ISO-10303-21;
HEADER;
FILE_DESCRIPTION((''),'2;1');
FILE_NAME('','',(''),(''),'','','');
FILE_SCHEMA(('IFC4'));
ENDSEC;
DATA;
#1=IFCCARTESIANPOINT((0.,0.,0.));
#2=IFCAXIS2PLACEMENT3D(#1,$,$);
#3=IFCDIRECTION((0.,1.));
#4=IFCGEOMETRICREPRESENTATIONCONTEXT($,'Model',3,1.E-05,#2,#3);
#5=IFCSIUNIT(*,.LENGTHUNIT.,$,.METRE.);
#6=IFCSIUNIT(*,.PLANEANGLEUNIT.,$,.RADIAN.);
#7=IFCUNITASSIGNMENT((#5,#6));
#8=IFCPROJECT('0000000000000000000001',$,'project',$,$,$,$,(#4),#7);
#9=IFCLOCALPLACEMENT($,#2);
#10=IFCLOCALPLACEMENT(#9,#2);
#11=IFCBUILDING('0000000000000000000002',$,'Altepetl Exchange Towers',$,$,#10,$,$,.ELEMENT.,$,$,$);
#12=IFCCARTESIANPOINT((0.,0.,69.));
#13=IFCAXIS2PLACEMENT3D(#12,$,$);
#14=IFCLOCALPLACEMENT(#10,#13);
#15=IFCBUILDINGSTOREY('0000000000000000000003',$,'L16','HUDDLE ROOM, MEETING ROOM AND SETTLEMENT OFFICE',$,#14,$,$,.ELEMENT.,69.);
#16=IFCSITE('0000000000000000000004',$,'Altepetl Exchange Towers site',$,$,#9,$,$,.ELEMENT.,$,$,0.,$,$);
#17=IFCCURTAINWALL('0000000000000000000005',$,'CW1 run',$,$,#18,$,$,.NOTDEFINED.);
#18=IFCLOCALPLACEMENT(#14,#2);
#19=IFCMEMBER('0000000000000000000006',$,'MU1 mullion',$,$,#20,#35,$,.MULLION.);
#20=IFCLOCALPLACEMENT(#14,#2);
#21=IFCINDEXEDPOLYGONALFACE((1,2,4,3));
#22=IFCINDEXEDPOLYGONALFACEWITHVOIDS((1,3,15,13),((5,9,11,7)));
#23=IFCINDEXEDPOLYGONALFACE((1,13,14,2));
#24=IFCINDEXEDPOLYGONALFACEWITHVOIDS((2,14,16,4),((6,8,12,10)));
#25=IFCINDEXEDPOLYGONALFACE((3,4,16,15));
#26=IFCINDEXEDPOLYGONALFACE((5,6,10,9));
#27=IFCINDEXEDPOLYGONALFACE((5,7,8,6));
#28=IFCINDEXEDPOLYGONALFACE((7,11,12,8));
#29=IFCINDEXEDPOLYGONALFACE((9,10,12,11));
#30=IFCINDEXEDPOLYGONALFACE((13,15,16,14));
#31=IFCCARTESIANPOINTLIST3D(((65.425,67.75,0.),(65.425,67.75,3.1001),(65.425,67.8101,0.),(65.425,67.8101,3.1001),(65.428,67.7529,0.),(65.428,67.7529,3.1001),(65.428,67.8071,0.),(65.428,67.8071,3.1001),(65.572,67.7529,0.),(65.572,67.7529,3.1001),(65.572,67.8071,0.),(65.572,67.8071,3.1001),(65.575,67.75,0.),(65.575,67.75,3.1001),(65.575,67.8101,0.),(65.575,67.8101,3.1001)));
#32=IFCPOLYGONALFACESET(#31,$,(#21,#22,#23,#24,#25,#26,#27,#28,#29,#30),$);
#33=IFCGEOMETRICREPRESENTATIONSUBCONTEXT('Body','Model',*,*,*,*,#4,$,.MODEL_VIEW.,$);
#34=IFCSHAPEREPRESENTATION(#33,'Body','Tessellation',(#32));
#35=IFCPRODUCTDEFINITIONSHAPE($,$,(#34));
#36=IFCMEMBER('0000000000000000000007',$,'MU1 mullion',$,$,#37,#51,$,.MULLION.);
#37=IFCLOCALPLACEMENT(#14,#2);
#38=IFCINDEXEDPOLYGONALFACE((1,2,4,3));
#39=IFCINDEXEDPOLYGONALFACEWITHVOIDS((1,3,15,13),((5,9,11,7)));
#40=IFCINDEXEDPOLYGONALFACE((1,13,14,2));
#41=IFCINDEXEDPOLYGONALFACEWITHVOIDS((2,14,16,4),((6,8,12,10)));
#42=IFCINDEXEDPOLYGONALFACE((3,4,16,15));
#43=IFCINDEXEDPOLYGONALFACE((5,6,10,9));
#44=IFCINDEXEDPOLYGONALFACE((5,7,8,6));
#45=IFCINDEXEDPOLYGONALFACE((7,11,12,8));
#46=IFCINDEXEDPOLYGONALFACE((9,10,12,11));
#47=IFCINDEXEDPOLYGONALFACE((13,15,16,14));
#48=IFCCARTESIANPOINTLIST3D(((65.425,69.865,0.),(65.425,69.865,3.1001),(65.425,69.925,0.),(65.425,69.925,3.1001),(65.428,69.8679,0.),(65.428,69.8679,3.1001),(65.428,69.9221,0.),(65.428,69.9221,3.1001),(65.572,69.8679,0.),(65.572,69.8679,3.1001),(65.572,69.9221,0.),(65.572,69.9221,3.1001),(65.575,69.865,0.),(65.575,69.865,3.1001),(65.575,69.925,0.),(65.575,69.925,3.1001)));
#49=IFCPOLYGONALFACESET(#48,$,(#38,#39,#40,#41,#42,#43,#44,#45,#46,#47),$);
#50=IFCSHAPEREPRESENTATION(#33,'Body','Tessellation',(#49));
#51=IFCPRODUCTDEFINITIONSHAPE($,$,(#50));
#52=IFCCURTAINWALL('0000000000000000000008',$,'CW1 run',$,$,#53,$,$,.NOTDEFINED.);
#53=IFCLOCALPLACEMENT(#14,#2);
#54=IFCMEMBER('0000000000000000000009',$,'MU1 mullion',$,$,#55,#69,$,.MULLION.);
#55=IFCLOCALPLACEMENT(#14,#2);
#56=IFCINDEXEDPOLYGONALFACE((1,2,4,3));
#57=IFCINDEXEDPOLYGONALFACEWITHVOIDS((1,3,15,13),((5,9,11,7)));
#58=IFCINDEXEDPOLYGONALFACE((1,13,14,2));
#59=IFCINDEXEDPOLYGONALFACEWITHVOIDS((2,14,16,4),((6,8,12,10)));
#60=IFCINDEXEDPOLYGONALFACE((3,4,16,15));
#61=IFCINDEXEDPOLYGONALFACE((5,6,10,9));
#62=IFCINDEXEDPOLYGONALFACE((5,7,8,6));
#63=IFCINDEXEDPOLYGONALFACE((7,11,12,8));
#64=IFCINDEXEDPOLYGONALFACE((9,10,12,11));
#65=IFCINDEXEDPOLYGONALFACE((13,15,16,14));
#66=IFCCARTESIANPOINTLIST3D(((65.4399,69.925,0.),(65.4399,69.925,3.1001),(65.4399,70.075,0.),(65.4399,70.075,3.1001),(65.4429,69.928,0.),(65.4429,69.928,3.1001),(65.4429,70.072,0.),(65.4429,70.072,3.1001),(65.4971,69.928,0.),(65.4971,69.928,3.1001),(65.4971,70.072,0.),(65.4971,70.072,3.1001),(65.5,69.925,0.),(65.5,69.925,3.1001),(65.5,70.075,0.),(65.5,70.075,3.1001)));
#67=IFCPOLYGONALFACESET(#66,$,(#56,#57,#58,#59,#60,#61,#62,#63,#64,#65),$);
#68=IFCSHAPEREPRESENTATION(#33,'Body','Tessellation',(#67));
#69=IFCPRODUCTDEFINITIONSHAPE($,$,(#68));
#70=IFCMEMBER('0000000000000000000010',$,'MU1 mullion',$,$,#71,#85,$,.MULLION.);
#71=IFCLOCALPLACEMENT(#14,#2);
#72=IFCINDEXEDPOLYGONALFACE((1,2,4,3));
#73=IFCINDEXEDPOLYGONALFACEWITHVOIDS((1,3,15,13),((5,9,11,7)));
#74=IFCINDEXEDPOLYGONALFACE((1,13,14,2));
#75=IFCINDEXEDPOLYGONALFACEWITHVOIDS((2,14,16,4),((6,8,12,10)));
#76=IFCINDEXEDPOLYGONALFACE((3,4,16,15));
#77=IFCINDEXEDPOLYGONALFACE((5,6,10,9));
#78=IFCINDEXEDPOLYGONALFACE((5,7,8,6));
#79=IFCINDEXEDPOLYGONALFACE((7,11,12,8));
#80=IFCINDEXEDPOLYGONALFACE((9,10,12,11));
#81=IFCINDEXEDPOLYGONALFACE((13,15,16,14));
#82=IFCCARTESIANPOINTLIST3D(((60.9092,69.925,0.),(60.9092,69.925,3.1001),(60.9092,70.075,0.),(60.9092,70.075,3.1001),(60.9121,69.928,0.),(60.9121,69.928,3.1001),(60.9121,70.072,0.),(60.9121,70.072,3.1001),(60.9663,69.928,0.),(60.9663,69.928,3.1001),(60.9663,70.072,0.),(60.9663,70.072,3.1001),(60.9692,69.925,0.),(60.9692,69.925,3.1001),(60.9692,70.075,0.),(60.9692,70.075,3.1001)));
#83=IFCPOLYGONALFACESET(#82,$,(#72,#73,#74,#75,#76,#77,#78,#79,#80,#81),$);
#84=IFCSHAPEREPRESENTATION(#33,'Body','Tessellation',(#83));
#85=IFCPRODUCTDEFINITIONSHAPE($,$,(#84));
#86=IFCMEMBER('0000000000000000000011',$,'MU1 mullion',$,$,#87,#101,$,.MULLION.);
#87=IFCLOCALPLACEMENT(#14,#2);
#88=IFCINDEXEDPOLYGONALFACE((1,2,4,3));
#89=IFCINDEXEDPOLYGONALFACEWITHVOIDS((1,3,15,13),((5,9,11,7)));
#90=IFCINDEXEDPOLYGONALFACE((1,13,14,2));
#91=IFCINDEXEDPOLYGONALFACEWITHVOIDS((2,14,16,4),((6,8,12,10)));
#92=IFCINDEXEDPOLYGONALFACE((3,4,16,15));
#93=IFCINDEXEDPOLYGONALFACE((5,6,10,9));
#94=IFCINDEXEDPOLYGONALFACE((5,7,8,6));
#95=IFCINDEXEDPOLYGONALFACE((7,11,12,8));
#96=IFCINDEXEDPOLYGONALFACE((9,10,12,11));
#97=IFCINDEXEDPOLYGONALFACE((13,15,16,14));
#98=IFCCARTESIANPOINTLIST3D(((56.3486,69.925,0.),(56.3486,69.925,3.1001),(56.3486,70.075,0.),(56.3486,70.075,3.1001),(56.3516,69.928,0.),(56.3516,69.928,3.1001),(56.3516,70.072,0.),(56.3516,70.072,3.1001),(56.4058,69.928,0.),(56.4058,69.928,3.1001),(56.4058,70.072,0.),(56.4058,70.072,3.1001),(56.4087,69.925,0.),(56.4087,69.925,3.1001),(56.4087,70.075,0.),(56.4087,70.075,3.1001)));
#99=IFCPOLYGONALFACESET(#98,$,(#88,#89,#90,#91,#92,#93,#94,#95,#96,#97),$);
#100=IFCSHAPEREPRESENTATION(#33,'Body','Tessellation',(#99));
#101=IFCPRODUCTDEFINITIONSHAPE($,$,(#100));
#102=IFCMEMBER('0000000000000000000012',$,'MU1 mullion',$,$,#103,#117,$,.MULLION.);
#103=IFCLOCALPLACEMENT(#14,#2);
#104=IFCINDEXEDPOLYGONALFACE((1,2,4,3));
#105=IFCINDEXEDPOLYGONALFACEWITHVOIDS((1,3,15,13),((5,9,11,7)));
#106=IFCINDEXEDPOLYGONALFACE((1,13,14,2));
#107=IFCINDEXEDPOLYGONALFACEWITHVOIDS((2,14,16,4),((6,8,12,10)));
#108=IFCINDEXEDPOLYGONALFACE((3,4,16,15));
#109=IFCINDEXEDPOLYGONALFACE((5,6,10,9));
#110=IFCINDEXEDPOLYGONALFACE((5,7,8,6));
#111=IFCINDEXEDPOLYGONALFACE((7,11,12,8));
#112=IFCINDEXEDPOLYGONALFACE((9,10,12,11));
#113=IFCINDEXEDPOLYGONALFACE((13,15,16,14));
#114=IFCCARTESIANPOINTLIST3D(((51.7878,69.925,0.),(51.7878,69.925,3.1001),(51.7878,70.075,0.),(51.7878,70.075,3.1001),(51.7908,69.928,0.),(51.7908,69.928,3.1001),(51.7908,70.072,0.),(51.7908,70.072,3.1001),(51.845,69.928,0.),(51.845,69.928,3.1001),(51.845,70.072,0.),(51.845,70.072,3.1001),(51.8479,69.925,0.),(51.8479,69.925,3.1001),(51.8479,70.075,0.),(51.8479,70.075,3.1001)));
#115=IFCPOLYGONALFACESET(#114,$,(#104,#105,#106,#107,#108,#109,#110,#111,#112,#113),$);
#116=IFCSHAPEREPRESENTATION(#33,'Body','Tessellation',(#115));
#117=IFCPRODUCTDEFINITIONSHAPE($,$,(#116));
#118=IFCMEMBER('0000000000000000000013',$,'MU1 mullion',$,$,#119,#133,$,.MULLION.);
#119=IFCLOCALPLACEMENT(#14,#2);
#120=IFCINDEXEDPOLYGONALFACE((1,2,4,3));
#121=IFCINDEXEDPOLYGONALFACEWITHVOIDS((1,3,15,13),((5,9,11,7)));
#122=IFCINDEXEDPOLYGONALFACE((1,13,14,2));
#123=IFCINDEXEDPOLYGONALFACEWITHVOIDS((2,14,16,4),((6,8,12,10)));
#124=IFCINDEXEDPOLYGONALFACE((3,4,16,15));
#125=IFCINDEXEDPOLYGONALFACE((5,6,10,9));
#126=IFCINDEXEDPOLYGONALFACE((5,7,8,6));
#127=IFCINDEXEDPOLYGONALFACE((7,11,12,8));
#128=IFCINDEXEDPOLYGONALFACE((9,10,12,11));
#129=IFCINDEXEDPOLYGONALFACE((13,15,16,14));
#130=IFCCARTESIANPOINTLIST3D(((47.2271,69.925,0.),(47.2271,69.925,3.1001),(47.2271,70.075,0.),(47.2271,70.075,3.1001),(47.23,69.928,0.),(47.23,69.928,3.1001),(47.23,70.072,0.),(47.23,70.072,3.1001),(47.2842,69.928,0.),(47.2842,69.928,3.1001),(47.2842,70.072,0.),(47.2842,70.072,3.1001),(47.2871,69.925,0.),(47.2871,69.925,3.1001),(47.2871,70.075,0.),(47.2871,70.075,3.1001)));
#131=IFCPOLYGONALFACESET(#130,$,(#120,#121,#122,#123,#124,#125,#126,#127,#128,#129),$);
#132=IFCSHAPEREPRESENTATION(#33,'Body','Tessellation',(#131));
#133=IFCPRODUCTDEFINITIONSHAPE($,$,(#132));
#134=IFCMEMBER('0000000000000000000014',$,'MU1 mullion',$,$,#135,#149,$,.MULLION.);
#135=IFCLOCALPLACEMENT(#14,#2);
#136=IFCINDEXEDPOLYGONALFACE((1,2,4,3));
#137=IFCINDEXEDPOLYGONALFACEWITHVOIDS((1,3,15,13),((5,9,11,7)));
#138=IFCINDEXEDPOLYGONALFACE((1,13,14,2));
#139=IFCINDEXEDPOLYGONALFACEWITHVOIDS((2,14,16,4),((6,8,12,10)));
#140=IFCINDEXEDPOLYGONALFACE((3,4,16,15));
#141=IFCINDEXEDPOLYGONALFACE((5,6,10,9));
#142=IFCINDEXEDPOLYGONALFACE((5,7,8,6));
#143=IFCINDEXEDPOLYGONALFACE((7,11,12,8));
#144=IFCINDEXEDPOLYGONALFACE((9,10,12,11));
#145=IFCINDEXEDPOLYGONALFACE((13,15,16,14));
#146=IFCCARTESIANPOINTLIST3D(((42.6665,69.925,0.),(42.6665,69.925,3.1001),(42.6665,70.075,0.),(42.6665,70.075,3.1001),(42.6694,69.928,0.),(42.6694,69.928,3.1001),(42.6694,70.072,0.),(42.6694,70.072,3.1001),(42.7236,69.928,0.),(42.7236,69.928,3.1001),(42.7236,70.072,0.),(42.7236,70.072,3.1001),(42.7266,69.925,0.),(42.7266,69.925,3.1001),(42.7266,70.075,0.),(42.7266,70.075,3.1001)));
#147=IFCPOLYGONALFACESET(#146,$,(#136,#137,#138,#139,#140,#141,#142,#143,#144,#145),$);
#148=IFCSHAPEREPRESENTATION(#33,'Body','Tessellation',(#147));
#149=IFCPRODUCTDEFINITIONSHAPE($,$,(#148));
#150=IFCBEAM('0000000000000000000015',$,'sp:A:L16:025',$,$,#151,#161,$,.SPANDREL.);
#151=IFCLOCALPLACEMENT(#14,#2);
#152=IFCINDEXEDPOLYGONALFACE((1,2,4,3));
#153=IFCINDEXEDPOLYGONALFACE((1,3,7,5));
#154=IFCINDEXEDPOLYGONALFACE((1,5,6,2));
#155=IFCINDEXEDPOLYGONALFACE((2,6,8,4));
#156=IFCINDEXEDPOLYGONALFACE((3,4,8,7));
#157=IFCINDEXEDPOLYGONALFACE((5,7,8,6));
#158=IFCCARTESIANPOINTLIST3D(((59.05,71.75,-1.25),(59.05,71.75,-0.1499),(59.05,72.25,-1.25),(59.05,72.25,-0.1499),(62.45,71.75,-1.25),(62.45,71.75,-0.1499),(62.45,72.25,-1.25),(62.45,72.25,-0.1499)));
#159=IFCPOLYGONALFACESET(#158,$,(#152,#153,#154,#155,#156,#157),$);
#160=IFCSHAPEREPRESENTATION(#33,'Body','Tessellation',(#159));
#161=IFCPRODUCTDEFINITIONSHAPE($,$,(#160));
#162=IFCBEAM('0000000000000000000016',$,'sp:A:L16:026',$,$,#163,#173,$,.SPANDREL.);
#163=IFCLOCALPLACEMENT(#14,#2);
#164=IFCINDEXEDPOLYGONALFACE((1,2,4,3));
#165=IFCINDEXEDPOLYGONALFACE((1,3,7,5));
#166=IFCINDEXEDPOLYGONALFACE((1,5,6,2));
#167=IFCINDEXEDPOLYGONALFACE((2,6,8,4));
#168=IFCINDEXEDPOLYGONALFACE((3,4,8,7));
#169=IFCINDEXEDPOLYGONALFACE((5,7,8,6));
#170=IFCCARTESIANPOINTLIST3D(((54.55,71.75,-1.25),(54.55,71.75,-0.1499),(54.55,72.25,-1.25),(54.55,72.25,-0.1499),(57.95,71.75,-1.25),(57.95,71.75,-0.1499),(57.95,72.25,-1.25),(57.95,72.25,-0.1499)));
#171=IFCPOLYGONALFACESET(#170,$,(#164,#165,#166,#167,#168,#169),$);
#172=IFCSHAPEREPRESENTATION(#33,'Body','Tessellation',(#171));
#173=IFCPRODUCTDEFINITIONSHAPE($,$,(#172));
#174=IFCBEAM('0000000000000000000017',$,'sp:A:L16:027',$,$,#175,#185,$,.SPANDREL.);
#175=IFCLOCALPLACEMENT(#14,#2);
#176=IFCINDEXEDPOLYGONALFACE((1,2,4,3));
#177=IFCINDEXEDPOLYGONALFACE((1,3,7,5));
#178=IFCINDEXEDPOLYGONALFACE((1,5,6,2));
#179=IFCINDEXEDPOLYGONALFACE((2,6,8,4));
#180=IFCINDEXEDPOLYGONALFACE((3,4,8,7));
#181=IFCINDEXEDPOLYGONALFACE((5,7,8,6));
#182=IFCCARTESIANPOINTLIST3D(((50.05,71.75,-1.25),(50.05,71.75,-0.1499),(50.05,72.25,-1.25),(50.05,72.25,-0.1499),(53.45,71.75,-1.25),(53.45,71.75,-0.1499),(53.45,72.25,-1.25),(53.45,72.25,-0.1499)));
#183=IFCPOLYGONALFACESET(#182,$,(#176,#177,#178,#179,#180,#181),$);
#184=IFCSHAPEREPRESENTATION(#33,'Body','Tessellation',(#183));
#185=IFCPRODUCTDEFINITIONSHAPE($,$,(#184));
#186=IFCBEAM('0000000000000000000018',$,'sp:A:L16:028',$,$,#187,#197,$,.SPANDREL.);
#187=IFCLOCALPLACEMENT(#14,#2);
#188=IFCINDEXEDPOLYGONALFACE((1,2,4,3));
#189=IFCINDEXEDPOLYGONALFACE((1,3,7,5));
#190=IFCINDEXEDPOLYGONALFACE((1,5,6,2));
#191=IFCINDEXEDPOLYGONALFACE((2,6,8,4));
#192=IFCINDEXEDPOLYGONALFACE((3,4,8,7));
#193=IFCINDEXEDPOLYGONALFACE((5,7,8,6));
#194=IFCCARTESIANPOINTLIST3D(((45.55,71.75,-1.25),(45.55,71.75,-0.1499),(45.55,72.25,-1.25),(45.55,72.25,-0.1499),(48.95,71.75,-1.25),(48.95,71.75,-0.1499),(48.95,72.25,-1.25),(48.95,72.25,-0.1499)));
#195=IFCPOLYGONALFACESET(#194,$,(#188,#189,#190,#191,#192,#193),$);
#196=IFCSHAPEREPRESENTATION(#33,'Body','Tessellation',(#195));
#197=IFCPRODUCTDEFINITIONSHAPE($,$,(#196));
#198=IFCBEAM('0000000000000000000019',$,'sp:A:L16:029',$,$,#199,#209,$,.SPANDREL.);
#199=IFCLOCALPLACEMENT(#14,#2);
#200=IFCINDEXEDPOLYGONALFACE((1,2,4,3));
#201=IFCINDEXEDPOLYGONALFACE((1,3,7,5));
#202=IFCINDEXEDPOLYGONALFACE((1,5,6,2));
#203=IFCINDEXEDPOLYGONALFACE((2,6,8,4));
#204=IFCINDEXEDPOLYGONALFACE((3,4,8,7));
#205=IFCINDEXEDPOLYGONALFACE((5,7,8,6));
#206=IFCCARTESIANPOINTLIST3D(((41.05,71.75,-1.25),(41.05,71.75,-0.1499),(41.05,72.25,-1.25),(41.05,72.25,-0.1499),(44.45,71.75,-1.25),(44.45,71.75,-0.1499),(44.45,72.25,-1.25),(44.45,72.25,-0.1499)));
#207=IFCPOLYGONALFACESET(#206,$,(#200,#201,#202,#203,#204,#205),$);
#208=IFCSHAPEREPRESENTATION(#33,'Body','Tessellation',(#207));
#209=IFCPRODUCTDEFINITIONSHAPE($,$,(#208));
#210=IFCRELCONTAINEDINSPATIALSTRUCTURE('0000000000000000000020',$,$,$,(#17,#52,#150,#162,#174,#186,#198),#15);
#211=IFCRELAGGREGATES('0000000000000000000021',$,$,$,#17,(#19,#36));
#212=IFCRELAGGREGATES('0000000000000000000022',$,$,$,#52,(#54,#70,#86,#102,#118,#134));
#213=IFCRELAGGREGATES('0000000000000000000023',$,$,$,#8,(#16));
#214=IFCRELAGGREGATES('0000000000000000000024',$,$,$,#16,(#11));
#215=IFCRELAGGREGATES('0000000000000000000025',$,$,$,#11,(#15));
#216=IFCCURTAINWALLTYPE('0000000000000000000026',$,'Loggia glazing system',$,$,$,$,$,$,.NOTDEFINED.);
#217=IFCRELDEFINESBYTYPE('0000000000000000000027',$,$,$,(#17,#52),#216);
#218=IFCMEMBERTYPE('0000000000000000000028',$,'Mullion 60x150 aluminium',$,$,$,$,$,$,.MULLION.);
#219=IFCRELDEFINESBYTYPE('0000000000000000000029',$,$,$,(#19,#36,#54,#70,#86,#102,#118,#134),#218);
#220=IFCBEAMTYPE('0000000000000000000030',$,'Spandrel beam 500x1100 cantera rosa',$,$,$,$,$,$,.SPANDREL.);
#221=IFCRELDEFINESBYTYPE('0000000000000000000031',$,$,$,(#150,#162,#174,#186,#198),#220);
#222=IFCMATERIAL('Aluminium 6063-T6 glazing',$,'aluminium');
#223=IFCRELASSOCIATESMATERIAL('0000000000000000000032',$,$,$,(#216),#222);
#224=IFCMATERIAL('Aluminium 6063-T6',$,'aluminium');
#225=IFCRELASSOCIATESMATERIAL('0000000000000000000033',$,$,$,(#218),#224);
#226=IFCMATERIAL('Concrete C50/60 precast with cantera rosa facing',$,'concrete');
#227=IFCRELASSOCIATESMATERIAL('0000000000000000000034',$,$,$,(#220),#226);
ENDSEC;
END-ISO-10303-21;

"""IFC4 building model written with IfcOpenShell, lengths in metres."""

from ifc_helpers import new_model, si_unit, direction, frame, origin, origin_2d, place, context, subcontext, project, spatial, rectangle, hollow_rectangle, extrude, material, material_profile, profile_set, type_object, element, aggregate, save


model = new_model("IFC4")

# Units and contexts
model_context = context("Model", 3, precision=1e-05, world=origin(), true_north=direction((0.0, 1.0)))
body_context = subcontext(model_context, "Body", "Model", "MODEL_VIEW")
ifc_project = project(units=[si_unit("LENGTHUNIT", "METRE"), si_unit("PLANEANGLEUNIT", "RADIAN")], contexts=[model_context])

# Site, building, storey
site_placement = place(None, origin())
site = spatial("IfcSite", under=ifc_project, at=site_placement, Name="Altepetl Exchange Towers site", CompositionType="ELEMENT", RefElevation=0.0)
building_placement = place(site_placement, origin())
building = spatial("IfcBuilding", under=site, at=building_placement, Name="Altepetl Exchange Towers", CompositionType="ELEMENT")
storey_placement = place(building_placement, frame((0.0, 0.0, 69.0)))
storey = spatial("IfcBuildingStorey", under=building, at=storey_placement, Name="L16", Description="HUDDLE ROOM, MEETING ROOM AND SETTLEMENT OFFICE", CompositionType="ELEMENT", Elevation=69.0)

# Shared definitions
ifc_material_1 = material(Name="Aluminium 6063-T6 glazing", Category="aluminium")
curtain_wall_type = type_object("IfcCurtainWallType", Name="Loggia glazing system", PredefinedType="NOTDEFINED", material=ifc_material_1)
ifc_material_2 = material(Name="Aluminium 6063-T6", Category="aluminium")
ifc_material_profile_1 = material_profile(ifc_material_2, hollow_rectangle(XDim=0.0601, YDim=0.1499, WallThickness=0.0029, at=origin_2d()), Name="Mullion 60x150 aluminium")
ifc_profile_set_1 = profile_set([ifc_material_profile_1], Name="Aluminium 6063-T6")
member_type = type_object("IfcMemberType", Name="Mullion 60x150 aluminium", PredefinedType="MULLION", material=ifc_profile_set_1)

# Curtain walls, members
curtain_wall_1_placement = place(storey_placement, origin())
curtain_wall_1 = element("IfcCurtainWall", 1, at=curtain_wall_1_placement, inside=storey, type_object=curtain_wall_type, Name="CW1 run", PredefinedType="NOTDEFINED")
member_1_placement = place(storey_placement, frame((65.5, 67.78, 0.0), z_axis=(0.0, 0.0, 1.0), x_axis=(0.0, 1.0, 0.0)))
member_1 = element("IfcMember", 2, at=member_1_placement, type_object=member_type, Name="MU1 mullion", PredefinedType="MULLION", context=body_context, shape_type="SweptSolid", body=[
    extrude(hollow_rectangle(XDim=0.0601, YDim=0.1499, WallThickness=0.0029, at=origin_2d()), origin(), (0.0, 0.0, 1.0), 3.1001),
])
member_2_placement = place(storey_placement, frame((65.5, 69.895, 0.0), z_axis=(0.0, 0.0, 1.0), x_axis=(0.0, 1.0, 0.0)))
member_2 = element("IfcMember", 3, at=member_2_placement, type_object=member_type, Name="MU1 mullion", PredefinedType="MULLION", context=body_context, shape_type="SweptSolid", body=[
    extrude(hollow_rectangle(XDim=0.0601, YDim=0.1499, WallThickness=0.0029, at=origin_2d()), origin(), (0.0, 0.0, 1.0), 3.1001),
])
curtain_wall_2_placement = place(storey_placement, origin())
curtain_wall_2 = element("IfcCurtainWall", 4, at=curtain_wall_2_placement, inside=storey, type_object=curtain_wall_type, Name="CW1 run", PredefinedType="NOTDEFINED")
member_3_placement = place(storey_placement, frame((65.47, 70.0, 0.0), z_axis=(0.0, 0.0, 1.0), x_axis=(-1.0, 0.0, 0.0)))
member_3 = element("IfcMember", 5, at=member_3_placement, type_object=member_type, Name="MU1 mullion", PredefinedType="MULLION", context=body_context, shape_type="SweptSolid", body=[
    extrude(hollow_rectangle(XDim=0.0601, YDim=0.1499, WallThickness=0.0029, at=origin_2d()), origin(), (0.0, 0.0, 1.0), 3.1001),
])
member_4_placement = place(storey_placement, frame((60.9392, 70.0, 0.0), z_axis=(0.0, 0.0, 1.0), x_axis=(-1.0, 0.0, 0.0)))
member_4 = element("IfcMember", 6, at=member_4_placement, type_object=member_type, Name="MU1 mullion", PredefinedType="MULLION", context=body_context, shape_type="SweptSolid", body=[
    extrude(hollow_rectangle(XDim=0.0601, YDim=0.1499, WallThickness=0.0029, at=origin_2d()), origin(), (0.0, 0.0, 1.0), 3.1001),
])
member_5_placement = place(storey_placement, frame((56.3787, 70.0, 0.0), z_axis=(0.0, 0.0, 1.0), x_axis=(-1.0, 0.0, 0.0)))
member_5 = element("IfcMember", 7, at=member_5_placement, type_object=member_type, Name="MU1 mullion", PredefinedType="MULLION", context=body_context, shape_type="SweptSolid", body=[
    extrude(hollow_rectangle(XDim=0.0601, YDim=0.1499, WallThickness=0.0029, at=origin_2d()), origin(), (0.0, 0.0, 1.0), 3.1001),
])
member_6_placement = place(storey_placement, frame((51.8179, 70.0, 0.0), z_axis=(0.0, 0.0, 1.0), x_axis=(-1.0, 0.0, 0.0)))
member_6 = element("IfcMember", 8, at=member_6_placement, type_object=member_type, Name="MU1 mullion", PredefinedType="MULLION", context=body_context, shape_type="SweptSolid", body=[
    extrude(hollow_rectangle(XDim=0.0601, YDim=0.1499, WallThickness=0.0029, at=origin_2d()), origin(), (0.0, 0.0, 1.0), 3.1001),
])
member_7_placement = place(storey_placement, frame((47.2571, 70.0, 0.0), z_axis=(0.0, 0.0, 1.0), x_axis=(-1.0, 0.0, 0.0)))
member_7 = element("IfcMember", 9, at=member_7_placement, type_object=member_type, Name="MU1 mullion", PredefinedType="MULLION", context=body_context, shape_type="SweptSolid", body=[
    extrude(hollow_rectangle(XDim=0.0601, YDim=0.1499, WallThickness=0.0029, at=origin_2d()), origin(), (0.0, 0.0, 1.0), 3.1001),
])
member_8_placement = place(storey_placement, frame((42.6965, 70.0, 0.0), z_axis=(0.0, 0.0, 1.0), x_axis=(-1.0, 0.0, 0.0)))
member_8 = element("IfcMember", 10, at=member_8_placement, type_object=member_type, Name="MU1 mullion", PredefinedType="MULLION", context=body_context, shape_type="SweptSolid", body=[
    extrude(hollow_rectangle(XDim=0.0601, YDim=0.1499, WallThickness=0.0029, at=origin_2d()), origin(), (0.0, 0.0, 1.0), 3.1001),
])

# Beams
ifc_material_3 = material(Name="Concrete C50/60 precast with cantera rosa facing", Category="concrete")
ifc_material_profile_2 = material_profile(ifc_material_3, rectangle(XDim=0.5, YDim=1.1001, at=origin_2d()), Name="500 x 1100")
ifc_profile_set_2 = profile_set([ifc_material_profile_2], Name="Concrete C50/60 precast with cantera rosa facing")
beam_type_1 = type_object("IfcBeamType", Name="Spandrel beam 500x1100 cantera rosa", PredefinedType="SPANDREL", material=ifc_profile_set_2)
for number, where, z_axis, x_axis, name in (
    (11, (62.45, 72.0, -0.7), (-1.0, 0.0, 0.0), (0.0, -1.0, 0.0), "sp:A:L16:025"),
    (12, (57.95, 72.0, -0.7), (-1.0, 0.0, 0.0), (0.0, -1.0, 0.0), "sp:A:L16:026"),
    (13, (53.45, 72.0, -0.7), (-1.0, 0.0, 0.0), (0.0, -1.0, 0.0), "sp:A:L16:027"),
    (14, (48.95, 72.0, -0.7), (-1.0, 0.0, 0.0), (0.0, -1.0, 0.0), "sp:A:L16:028"),
    (15, (44.45, 72.0, -0.7), (-1.0, 0.0, 0.0), (0.0, -1.0, 0.0), "sp:A:L16:029"),
):
    element("IfcBeam", number, at=place(storey_placement, frame(where, z_axis=z_axis, x_axis=x_axis)), inside=storey, type_object=beam_type_1, Name=name, PredefinedType="SPANDREL", context=body_context, shape_type="SweptSolid", body=[
        extrude(rectangle(XDim=0.5, YDim=1.1001, at=origin_2d()), origin(), (0.0, 0.0, 1.0), 3.3999),
    ])

aggregate(curtain_wall_1, [member_1, member_2])
aggregate(curtain_wall_2, [member_3, member_4, member_5, member_6, member_7, member_8])

save(model, "model.ifc")
